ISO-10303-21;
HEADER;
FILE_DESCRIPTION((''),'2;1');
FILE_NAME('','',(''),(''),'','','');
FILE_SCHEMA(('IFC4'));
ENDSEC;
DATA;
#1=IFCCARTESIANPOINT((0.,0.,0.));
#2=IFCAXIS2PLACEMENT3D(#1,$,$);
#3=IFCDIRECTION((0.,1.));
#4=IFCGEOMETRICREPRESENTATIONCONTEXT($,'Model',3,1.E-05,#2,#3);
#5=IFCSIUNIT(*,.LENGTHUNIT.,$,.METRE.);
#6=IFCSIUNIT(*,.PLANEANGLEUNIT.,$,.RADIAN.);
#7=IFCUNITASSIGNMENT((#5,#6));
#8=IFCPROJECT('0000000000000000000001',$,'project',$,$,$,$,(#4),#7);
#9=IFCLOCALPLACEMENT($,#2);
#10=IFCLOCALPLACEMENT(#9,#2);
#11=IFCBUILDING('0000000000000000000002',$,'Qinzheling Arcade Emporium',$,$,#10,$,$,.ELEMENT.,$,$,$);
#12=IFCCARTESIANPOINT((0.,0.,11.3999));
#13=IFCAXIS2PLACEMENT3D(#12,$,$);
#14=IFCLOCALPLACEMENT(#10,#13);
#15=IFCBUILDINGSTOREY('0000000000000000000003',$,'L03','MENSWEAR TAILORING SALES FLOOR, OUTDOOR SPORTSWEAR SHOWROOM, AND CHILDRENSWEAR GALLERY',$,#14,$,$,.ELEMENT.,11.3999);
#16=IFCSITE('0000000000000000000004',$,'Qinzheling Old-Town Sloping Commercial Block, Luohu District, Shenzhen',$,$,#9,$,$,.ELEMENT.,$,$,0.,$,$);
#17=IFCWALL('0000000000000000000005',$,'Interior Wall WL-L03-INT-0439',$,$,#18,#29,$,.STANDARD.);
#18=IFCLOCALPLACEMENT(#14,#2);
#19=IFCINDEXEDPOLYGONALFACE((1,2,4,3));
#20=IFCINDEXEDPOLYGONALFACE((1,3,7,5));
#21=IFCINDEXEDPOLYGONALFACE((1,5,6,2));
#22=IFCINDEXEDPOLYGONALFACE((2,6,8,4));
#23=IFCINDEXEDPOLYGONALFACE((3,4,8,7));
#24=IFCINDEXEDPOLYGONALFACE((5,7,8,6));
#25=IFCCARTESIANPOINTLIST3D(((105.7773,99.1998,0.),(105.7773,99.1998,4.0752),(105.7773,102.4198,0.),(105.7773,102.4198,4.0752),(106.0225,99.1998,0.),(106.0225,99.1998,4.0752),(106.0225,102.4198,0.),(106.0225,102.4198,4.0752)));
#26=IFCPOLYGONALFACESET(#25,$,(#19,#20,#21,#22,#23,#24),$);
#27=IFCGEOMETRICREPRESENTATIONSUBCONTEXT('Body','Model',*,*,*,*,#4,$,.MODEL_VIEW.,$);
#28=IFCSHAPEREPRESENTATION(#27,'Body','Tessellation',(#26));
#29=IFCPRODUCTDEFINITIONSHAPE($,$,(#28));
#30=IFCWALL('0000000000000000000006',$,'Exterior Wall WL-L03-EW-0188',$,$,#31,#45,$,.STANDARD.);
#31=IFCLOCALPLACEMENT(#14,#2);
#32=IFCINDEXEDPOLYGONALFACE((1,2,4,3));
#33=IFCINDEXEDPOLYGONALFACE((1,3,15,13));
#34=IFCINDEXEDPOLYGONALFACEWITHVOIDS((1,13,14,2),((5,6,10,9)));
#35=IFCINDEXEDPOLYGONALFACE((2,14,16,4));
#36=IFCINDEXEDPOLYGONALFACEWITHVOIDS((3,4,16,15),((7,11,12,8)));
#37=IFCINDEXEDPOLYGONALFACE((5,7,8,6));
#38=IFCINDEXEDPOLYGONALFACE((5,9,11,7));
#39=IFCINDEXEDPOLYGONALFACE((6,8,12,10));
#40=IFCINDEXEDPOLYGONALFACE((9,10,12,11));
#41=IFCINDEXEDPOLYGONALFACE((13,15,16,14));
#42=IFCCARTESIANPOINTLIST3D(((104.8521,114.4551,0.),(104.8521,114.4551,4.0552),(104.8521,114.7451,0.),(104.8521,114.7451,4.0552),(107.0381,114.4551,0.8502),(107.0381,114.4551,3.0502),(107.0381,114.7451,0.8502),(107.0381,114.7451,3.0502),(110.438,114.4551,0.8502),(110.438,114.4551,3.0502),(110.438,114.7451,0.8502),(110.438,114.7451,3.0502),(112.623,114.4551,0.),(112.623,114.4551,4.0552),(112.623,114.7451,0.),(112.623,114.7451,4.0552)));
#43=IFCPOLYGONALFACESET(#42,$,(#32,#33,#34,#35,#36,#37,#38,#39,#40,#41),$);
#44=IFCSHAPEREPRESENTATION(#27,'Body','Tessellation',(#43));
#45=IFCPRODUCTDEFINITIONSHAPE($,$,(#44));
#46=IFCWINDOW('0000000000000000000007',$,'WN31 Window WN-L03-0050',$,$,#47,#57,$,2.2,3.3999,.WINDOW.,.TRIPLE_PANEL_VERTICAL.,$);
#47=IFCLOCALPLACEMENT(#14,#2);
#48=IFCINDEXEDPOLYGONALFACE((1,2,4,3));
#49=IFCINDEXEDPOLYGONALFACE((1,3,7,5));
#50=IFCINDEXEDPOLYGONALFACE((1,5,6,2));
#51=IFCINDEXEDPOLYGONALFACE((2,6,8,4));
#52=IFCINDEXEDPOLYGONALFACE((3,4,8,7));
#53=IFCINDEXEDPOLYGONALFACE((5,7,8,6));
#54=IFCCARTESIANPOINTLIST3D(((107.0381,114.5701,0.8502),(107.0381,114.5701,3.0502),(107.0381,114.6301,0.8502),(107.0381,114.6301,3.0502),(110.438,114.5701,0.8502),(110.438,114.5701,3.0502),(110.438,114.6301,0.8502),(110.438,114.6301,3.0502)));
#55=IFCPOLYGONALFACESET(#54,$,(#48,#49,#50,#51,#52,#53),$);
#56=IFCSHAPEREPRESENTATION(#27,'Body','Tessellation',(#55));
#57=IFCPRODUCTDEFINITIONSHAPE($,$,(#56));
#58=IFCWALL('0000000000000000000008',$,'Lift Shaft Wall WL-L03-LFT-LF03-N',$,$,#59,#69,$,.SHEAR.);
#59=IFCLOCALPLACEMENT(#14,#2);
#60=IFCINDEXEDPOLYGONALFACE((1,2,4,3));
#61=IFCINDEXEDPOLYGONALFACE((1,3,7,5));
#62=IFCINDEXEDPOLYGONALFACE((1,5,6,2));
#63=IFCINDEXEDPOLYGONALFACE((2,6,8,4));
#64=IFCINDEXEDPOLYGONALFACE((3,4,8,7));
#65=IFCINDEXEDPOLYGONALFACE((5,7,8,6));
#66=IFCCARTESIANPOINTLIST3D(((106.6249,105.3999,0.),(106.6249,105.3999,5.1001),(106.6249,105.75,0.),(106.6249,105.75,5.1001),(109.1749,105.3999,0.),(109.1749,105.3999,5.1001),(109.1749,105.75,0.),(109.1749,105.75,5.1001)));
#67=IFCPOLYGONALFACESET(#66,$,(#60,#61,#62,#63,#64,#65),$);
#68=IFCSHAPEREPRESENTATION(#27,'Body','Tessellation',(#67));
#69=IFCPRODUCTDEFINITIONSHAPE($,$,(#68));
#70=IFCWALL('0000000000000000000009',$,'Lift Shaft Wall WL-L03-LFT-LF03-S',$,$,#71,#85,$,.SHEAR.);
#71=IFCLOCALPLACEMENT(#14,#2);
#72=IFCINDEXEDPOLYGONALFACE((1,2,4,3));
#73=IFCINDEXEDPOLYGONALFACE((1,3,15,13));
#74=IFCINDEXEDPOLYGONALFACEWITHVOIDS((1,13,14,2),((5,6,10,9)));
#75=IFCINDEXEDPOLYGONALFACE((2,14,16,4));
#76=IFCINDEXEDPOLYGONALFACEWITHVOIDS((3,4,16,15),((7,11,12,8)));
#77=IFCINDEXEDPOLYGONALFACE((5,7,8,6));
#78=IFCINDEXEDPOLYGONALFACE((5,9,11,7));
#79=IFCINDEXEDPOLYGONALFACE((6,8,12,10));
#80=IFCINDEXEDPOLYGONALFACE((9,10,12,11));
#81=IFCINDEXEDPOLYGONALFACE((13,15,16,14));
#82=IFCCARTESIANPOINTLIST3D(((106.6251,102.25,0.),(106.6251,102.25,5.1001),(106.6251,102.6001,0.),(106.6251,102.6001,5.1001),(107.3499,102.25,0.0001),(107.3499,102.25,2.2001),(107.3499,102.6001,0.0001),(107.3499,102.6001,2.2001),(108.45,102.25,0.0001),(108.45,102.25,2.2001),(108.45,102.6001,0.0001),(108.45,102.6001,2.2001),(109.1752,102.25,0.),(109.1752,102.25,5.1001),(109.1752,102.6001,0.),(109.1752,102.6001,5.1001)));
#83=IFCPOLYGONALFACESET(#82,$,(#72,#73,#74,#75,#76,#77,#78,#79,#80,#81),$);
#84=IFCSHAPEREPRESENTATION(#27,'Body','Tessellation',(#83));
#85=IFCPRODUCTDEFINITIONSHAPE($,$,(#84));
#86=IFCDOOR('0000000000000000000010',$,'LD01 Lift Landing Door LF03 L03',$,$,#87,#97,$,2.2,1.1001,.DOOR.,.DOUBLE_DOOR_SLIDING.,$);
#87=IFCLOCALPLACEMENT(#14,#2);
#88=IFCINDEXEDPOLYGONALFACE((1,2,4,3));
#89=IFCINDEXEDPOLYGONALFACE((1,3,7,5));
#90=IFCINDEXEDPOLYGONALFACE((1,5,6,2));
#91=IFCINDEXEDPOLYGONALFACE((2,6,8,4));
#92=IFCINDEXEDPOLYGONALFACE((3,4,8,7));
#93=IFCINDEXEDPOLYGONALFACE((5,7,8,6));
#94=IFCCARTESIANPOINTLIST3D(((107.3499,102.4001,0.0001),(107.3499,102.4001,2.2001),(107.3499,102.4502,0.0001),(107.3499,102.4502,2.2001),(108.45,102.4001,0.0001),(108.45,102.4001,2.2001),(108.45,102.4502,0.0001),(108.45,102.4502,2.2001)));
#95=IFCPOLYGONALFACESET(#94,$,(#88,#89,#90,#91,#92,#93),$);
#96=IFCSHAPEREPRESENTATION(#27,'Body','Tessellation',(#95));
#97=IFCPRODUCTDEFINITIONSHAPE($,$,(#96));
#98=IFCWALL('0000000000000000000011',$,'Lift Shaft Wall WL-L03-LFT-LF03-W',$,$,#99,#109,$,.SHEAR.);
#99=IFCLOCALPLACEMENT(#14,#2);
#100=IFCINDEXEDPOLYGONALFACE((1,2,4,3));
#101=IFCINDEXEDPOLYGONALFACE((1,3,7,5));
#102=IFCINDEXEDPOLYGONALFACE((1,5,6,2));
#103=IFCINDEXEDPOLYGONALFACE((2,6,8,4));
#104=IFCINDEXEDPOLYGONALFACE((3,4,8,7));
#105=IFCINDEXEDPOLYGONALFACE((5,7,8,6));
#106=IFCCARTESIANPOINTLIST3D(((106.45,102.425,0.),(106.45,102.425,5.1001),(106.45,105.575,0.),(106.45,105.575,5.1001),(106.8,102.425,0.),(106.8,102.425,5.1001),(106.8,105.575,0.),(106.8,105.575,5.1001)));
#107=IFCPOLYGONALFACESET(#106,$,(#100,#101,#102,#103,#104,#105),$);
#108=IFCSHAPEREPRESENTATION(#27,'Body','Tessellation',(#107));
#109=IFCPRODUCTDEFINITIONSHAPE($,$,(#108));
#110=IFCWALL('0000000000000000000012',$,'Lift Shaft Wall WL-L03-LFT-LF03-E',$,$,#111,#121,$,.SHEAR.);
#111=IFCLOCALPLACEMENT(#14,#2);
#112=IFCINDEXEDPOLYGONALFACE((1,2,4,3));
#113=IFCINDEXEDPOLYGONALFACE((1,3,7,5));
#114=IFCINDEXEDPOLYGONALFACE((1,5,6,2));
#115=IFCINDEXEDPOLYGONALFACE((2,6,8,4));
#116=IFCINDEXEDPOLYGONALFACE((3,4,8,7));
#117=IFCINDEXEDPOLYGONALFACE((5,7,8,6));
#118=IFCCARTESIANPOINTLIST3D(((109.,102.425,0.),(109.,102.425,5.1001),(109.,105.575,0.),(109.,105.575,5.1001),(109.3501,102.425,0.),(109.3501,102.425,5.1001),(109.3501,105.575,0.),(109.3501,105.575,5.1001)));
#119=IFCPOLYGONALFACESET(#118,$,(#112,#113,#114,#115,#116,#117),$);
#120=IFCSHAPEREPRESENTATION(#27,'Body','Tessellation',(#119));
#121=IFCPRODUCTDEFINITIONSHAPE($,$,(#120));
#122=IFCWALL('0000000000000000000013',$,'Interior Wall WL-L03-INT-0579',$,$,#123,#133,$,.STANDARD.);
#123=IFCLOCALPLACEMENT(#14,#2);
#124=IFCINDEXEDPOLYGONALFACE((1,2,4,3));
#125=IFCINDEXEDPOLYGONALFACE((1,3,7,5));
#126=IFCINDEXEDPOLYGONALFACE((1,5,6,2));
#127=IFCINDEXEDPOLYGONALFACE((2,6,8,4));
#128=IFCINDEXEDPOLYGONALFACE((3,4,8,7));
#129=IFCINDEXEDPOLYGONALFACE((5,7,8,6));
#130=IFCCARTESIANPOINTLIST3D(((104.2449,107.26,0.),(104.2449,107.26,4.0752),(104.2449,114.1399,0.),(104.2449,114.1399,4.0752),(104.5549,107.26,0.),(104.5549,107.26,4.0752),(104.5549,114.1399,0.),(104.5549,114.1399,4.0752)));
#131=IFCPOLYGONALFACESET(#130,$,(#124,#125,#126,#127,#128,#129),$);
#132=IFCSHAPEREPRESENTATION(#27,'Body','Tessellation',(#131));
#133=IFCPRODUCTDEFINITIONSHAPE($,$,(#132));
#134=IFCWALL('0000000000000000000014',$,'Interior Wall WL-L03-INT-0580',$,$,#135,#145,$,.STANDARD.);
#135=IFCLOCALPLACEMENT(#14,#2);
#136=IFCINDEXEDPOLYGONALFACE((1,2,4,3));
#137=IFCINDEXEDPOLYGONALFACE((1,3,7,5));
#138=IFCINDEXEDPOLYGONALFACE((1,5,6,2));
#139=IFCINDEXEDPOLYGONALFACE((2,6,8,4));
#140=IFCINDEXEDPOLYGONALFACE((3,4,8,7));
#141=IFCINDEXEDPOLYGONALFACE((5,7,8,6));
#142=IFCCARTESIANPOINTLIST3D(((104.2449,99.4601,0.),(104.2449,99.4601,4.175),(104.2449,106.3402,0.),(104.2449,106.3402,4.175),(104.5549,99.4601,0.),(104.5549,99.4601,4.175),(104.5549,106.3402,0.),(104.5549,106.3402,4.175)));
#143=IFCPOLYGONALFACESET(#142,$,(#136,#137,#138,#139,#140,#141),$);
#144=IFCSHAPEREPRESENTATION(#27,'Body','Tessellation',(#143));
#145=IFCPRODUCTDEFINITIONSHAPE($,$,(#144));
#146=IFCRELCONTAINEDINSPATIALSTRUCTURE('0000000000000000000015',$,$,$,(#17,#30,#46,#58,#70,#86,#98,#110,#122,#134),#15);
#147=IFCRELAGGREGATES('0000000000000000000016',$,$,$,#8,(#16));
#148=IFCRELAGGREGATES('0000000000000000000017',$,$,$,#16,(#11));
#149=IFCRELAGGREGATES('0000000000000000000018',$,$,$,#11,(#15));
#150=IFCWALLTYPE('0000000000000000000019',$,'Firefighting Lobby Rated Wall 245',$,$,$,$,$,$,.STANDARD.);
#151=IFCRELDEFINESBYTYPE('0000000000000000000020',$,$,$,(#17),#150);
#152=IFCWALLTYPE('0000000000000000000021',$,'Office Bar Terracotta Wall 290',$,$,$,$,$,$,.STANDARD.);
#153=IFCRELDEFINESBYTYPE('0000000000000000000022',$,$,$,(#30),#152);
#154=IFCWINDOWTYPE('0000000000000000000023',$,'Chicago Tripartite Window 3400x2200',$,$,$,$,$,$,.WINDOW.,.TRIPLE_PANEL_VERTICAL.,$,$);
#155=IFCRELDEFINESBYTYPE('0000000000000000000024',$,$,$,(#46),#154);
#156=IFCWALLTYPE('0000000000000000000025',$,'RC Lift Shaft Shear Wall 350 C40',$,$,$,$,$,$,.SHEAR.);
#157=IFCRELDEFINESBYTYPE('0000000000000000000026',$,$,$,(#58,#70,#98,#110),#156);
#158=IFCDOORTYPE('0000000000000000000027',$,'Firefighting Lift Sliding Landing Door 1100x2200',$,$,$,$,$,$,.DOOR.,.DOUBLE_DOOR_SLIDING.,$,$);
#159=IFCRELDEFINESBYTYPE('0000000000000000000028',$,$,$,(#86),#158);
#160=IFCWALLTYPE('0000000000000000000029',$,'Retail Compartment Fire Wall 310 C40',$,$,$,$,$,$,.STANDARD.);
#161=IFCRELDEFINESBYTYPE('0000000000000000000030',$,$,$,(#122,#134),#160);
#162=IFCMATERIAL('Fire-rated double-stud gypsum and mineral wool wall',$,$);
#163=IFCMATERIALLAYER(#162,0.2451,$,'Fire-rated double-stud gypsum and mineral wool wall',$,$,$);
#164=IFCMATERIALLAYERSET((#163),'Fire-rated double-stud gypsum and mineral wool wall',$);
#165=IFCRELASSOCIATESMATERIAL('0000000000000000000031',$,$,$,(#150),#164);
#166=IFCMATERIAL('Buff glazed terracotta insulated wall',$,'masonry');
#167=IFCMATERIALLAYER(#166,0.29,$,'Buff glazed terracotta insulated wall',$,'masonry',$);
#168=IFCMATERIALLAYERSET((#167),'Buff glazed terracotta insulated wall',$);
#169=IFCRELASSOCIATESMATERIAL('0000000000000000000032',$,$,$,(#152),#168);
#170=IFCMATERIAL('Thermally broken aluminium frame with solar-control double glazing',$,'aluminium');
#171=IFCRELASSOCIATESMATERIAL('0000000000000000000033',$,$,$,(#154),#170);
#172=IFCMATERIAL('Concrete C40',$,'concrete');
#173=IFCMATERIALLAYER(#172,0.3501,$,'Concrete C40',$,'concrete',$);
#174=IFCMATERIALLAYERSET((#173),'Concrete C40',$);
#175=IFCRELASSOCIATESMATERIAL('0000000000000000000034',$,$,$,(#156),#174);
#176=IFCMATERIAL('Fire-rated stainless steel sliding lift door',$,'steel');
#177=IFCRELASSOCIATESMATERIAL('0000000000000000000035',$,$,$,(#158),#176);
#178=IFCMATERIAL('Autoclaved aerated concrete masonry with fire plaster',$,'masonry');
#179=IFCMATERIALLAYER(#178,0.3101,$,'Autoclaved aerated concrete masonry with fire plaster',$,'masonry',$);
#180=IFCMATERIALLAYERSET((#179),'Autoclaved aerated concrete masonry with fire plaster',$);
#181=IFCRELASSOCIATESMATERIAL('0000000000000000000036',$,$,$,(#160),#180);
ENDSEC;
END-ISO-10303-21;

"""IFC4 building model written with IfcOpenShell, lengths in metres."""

from ifc_helpers import new_model, si_unit, direction, frame, frame_2d, origin, place, context, subcontext, project, spatial, rectangle, extrude, material, layer, layer_set, type_object, element, fill, save


model = new_model("IFC4")

# Units and contexts
model_context = context("Model", 3, precision=1e-05, world=origin(), true_north=direction((0.0, 1.0)))
body_context = subcontext(model_context, "Body", "Model", "MODEL_VIEW")
ifc_project = project(units=[si_unit("LENGTHUNIT", "METRE"), si_unit("PLANEANGLEUNIT", "RADIAN")], contexts=[model_context])

# Site, building, storey
site_placement = place(None, origin())
site = spatial("IfcSite", under=ifc_project, at=site_placement, Name="Qinzheling Old-Town Sloping Commercial Block, Luohu District, Shenzhen", CompositionType="ELEMENT", RefElevation=0.0)
building_placement = place(site_placement, origin())
building = spatial("IfcBuilding", under=site, at=building_placement, Name="Qinzheling Arcade Emporium", CompositionType="ELEMENT")
storey_placement = place(building_placement, frame((0.0, 0.0, 11.3999)))
storey = spatial("IfcBuildingStorey", under=building, at=storey_placement, Name="L03", Description="MENSWEAR TAILORING SALES FLOOR, OUTDOOR SPORTSWEAR SHOWROOM, AND CHILDRENSWEAR GALLERY", CompositionType="ELEMENT", Elevation=11.3999)

# Shared definitions
ifc_material_1 = material(Name="Concrete C40", Category="concrete")

# Shared definitions
ifc_material_2 = material(Name="Fire-rated double-stud gypsum and mineral wool wall")
ifc_layer_1 = layer(ifc_material_2, 0.2451, Name="Fire-rated double-stud gypsum and mineral wool wall")
ifc_layer_set_1 = layer_set([ifc_layer_1], Name="Fire-rated double-stud gypsum and mineral wool wall")
wall_type_1 = type_object("IfcWallType", Name="Firefighting Lobby Rated Wall 245", PredefinedType="STANDARD", material=ifc_layer_set_1)

# Wall
wall_1_placement = place(storey_placement, frame((105.8999, 99.2, 0.0), z_axis=(0.0, 0.0, 1.0), x_axis=(0.0, 1.0, 0.0)))
element("IfcWall", 1, at=wall_1_placement, inside=storey, type_object=wall_type_1, Name="Interior Wall WL-L03-INT-0439", PredefinedType="STANDARD", context=body_context, shape_type="SweptSolid", body=[
    extrude(rectangle(XDim=3.22, YDim=0.2451, at=frame_2d((1.6099, 0.0))), origin(), (0.0, 0.0, 1.0), 4.0752),
])

# Wall, opening, window
ifc_material_3 = material(Name="Buff glazed terracotta insulated wall", Category="masonry")
ifc_layer_2 = layer(ifc_material_3, 0.29, Name="Buff glazed terracotta insulated wall", Category="masonry")
ifc_layer_set_2 = layer_set([ifc_layer_2], Name="Buff glazed terracotta insulated wall")
wall_type_2 = type_object("IfcWallType", Name="Office Bar Terracotta Wall 290", PredefinedType="STANDARD", material=ifc_layer_set_2)
wall_2_placement = place(storey_placement, frame((104.8521, 114.6001, 0.0), z_axis=(0.0, 0.0, 1.0), x_axis=(1.0, 0.0, 0.0)))
wall_2 = element("IfcWall", 2, at=wall_2_placement, inside=storey, type_object=wall_type_2, Name="Exterior Wall WL-L03-EW-0188", PredefinedType="STANDARD", context=body_context, shape_type="SweptSolid", body=[
    extrude(rectangle(XDim=7.771, YDim=0.29, at=frame_2d((3.8855, 0.0))), origin(), (0.0, 0.0, 1.0), 4.0552),
])
opening_1_placement = place(wall_2_placement, frame((2.186, 0.0, 0.8501)))
opening_1 = element("IfcOpeningElement", 3, at=opening_1_placement, cuts=wall_2, PredefinedType="OPENING", context=body_context, shape_type="SweptSolid", body=[
    extrude(rectangle(XDim=3.3999, YDim=2.2, at=frame_2d((1.7, 1.1001))), frame((0.0, 0.155, 0.0), z_axis=(0.0, -1.0, 0.0), x_axis=(1.0, 0.0, 0.0)), (0.0, 0.0, 1.0), 0.3101),
])
ifc_material_4 = material(Name="Thermally broken aluminium frame with solar-control double glazing", Category="aluminium")
window_type = type_object("IfcWindowType", Name="Chicago Tripartite Window 3400x2200", PartitioningType="TRIPLE_PANEL_VERTICAL", PredefinedType="WINDOW", material=ifc_material_4)
window_placement = place(opening_1_placement, origin())
window = element("IfcWindow", 4, at=window_placement, inside=storey, type_object=window_type, Name="WN31 Window WN-L03-0050", OverallHeight=2.2, OverallWidth=3.3999, PartitioningType="TRIPLE_PANEL_VERTICAL", PredefinedType="WINDOW", context=body_context, shape_type="SweptSolid", body=[
    extrude(rectangle(XDim=3.3999, YDim=2.2, at=frame_2d((1.7, 1.1001))), frame((0.0, 0.03, 0.0), z_axis=(0.0, -1.0, 0.0), x_axis=(1.0, 0.0, 0.0)), (0.0, 0.0, 1.0), 0.0601),
])
fill(opening_1, window)

# Wall
ifc_layer_3 = layer(ifc_material_1, 0.3501, Name="Concrete C40", Category="concrete")
ifc_layer_set_3 = layer_set([ifc_layer_3], Name="Concrete C40")
wall_type_3 = type_object("IfcWallType", Name="RC Lift Shaft Shear Wall 350 C40", PredefinedType="SHEAR", material=ifc_layer_set_3)
wall_3_placement = place(storey_placement, frame((106.625, 105.575, 0.0), z_axis=(0.0, 0.0, 1.0), x_axis=(1.0, 0.0, 0.0)))
element("IfcWall", 5, at=wall_3_placement, inside=storey, type_object=wall_type_3, Name="Lift Shaft Wall WL-L03-LFT-LF03-N", PredefinedType="SHEAR", context=body_context, shape_type="SweptSolid", body=[
    extrude(rectangle(XDim=2.55, YDim=0.3501, at=frame_2d((1.2749, 0.0))), origin(), (0.0, 0.0, 1.0), 5.1001),
])

# Wall, opening, door
wall_4_placement = place(storey_placement, frame((109.175, 102.425, 0.0), z_axis=(0.0, 0.0, 1.0), x_axis=(-1.0, 0.0, 0.0)))
wall_4 = element("IfcWall", 6, at=wall_4_placement, inside=storey, type_object=wall_type_3, Name="Lift Shaft Wall WL-L03-LFT-LF03-S", PredefinedType="SHEAR", context=body_context, shape_type="SweptSolid", body=[
    extrude(rectangle(XDim=2.55, YDim=0.3501, at=frame_2d((1.2749, 0.0))), origin(), (0.0, 0.0, 1.0), 5.1001),
])
opening_2_placement = place(wall_4_placement, frame((0.7251, 0.0, 0.0)))
opening_2 = element("IfcOpeningElement", 7, at=opening_2_placement, cuts=wall_4, PredefinedType="OPENING", context=body_context, shape_type="SweptSolid", body=[
    extrude(rectangle(XDim=1.1001, YDim=2.2, at=frame_2d((0.55, 1.1001))), frame((0.0, 0.1851, 0.0), z_axis=(0.0, -1.0, 0.0), x_axis=(1.0, 0.0, 0.0)), (0.0, 0.0, 1.0), 0.3701),
])
ifc_material_5 = material(Name="Fire-rated stainless steel sliding lift door", Category="steel")
door_type_1 = type_object("IfcDoorType", Name="Firefighting Lift Sliding Landing Door 1100x2200", OperationType="DOUBLE_DOOR_SLIDING", PredefinedType="DOOR", material=ifc_material_5)
door_1_placement = place(opening_2_placement, origin())
door_1 = element("IfcDoor", 8, at=door_1_placement, inside=storey, type_object=door_type_1, Name="LD01 Lift Landing Door LF03 L03", OperationType="DOUBLE_DOOR_SLIDING", OverallHeight=2.2, OverallWidth=1.1001, PredefinedType="DOOR", context=body_context, shape_type="SweptSolid", body=[
    extrude(rectangle(XDim=1.1001, YDim=2.2, at=frame_2d((0.55, 1.1001))), frame((0.0, 0.0249, 0.0), z_axis=(0.0, -1.0, 0.0), x_axis=(1.0, 0.0, 0.0)), (0.0, 0.0, 1.0), 0.05),
])
fill(opening_2, door_1)

# Walls
for number, where, z_axis, x_axis, name in (
    (9, (106.625, 102.425, 0.0), (0.0, 0.0, 1.0), (0.0, 1.0, 0.0), "Lift Shaft Wall WL-L03-LFT-LF03-W"),
    (10, (109.175, 105.575, 0.0), (0.0, 0.0, 1.0), (0.0, -1.0, 0.0), "Lift Shaft Wall WL-L03-LFT-LF03-E"),
):
    element("IfcWall", number, at=place(storey_placement, frame(where, z_axis=z_axis, x_axis=x_axis)), inside=storey, type_object=wall_type_3, Name=name, PredefinedType="SHEAR", context=body_context, shape_type="SweptSolid", body=[
        extrude(rectangle(XDim=3.1499, YDim=0.3501, at=frame_2d((1.575, 0.0))), origin(), (0.0, 0.0, 1.0), 5.1001),
    ])
ifc_material_6 = material(Name="Autoclaved aerated concrete masonry with fire plaster", Category="masonry")
ifc_layer_4 = layer(ifc_material_6, 0.3101, Name="Autoclaved aerated concrete masonry with fire plaster", Category="masonry")
ifc_layer_set_4 = layer_set([ifc_layer_4], Name="Autoclaved aerated concrete masonry with fire plaster")
wall_type_4 = type_object("IfcWallType", Name="Retail Compartment Fire Wall 310 C40", PredefinedType="STANDARD", material=ifc_layer_set_4)
wall_5_placement = place(storey_placement, frame((104.3999, 114.1399, 0.0), z_axis=(0.0, 0.0, 1.0), x_axis=(0.0, -1.0, 0.0)))
element("IfcWall", 11, at=wall_5_placement, inside=storey, type_object=wall_type_4, Name="Interior Wall WL-L03-INT-0579", PredefinedType="STANDARD", context=body_context, shape_type="SweptSolid", body=[
    extrude(rectangle(XDim=6.8799, YDim=0.3101, at=frame_2d((3.4399, 0.0))), origin(), (0.0, 0.0, 1.0), 4.0752),
])
wall_6_placement = place(storey_placement, frame((104.3999, 106.3401, 0.0), z_axis=(0.0, 0.0, 1.0), x_axis=(0.0, -1.0, 0.0)))
element("IfcWall", 12, at=wall_6_placement, inside=storey, type_object=wall_type_4, Name="Interior Wall WL-L03-INT-0580", PredefinedType="STANDARD", context=body_context, shape_type="SweptSolid", body=[
    extrude(rectangle(XDim=6.8801, YDim=0.3101, at=frame_2d((3.4399, 0.0))), origin(), (0.0, 0.0, 1.0), 4.175),
])

save(model, "model.ifc")
